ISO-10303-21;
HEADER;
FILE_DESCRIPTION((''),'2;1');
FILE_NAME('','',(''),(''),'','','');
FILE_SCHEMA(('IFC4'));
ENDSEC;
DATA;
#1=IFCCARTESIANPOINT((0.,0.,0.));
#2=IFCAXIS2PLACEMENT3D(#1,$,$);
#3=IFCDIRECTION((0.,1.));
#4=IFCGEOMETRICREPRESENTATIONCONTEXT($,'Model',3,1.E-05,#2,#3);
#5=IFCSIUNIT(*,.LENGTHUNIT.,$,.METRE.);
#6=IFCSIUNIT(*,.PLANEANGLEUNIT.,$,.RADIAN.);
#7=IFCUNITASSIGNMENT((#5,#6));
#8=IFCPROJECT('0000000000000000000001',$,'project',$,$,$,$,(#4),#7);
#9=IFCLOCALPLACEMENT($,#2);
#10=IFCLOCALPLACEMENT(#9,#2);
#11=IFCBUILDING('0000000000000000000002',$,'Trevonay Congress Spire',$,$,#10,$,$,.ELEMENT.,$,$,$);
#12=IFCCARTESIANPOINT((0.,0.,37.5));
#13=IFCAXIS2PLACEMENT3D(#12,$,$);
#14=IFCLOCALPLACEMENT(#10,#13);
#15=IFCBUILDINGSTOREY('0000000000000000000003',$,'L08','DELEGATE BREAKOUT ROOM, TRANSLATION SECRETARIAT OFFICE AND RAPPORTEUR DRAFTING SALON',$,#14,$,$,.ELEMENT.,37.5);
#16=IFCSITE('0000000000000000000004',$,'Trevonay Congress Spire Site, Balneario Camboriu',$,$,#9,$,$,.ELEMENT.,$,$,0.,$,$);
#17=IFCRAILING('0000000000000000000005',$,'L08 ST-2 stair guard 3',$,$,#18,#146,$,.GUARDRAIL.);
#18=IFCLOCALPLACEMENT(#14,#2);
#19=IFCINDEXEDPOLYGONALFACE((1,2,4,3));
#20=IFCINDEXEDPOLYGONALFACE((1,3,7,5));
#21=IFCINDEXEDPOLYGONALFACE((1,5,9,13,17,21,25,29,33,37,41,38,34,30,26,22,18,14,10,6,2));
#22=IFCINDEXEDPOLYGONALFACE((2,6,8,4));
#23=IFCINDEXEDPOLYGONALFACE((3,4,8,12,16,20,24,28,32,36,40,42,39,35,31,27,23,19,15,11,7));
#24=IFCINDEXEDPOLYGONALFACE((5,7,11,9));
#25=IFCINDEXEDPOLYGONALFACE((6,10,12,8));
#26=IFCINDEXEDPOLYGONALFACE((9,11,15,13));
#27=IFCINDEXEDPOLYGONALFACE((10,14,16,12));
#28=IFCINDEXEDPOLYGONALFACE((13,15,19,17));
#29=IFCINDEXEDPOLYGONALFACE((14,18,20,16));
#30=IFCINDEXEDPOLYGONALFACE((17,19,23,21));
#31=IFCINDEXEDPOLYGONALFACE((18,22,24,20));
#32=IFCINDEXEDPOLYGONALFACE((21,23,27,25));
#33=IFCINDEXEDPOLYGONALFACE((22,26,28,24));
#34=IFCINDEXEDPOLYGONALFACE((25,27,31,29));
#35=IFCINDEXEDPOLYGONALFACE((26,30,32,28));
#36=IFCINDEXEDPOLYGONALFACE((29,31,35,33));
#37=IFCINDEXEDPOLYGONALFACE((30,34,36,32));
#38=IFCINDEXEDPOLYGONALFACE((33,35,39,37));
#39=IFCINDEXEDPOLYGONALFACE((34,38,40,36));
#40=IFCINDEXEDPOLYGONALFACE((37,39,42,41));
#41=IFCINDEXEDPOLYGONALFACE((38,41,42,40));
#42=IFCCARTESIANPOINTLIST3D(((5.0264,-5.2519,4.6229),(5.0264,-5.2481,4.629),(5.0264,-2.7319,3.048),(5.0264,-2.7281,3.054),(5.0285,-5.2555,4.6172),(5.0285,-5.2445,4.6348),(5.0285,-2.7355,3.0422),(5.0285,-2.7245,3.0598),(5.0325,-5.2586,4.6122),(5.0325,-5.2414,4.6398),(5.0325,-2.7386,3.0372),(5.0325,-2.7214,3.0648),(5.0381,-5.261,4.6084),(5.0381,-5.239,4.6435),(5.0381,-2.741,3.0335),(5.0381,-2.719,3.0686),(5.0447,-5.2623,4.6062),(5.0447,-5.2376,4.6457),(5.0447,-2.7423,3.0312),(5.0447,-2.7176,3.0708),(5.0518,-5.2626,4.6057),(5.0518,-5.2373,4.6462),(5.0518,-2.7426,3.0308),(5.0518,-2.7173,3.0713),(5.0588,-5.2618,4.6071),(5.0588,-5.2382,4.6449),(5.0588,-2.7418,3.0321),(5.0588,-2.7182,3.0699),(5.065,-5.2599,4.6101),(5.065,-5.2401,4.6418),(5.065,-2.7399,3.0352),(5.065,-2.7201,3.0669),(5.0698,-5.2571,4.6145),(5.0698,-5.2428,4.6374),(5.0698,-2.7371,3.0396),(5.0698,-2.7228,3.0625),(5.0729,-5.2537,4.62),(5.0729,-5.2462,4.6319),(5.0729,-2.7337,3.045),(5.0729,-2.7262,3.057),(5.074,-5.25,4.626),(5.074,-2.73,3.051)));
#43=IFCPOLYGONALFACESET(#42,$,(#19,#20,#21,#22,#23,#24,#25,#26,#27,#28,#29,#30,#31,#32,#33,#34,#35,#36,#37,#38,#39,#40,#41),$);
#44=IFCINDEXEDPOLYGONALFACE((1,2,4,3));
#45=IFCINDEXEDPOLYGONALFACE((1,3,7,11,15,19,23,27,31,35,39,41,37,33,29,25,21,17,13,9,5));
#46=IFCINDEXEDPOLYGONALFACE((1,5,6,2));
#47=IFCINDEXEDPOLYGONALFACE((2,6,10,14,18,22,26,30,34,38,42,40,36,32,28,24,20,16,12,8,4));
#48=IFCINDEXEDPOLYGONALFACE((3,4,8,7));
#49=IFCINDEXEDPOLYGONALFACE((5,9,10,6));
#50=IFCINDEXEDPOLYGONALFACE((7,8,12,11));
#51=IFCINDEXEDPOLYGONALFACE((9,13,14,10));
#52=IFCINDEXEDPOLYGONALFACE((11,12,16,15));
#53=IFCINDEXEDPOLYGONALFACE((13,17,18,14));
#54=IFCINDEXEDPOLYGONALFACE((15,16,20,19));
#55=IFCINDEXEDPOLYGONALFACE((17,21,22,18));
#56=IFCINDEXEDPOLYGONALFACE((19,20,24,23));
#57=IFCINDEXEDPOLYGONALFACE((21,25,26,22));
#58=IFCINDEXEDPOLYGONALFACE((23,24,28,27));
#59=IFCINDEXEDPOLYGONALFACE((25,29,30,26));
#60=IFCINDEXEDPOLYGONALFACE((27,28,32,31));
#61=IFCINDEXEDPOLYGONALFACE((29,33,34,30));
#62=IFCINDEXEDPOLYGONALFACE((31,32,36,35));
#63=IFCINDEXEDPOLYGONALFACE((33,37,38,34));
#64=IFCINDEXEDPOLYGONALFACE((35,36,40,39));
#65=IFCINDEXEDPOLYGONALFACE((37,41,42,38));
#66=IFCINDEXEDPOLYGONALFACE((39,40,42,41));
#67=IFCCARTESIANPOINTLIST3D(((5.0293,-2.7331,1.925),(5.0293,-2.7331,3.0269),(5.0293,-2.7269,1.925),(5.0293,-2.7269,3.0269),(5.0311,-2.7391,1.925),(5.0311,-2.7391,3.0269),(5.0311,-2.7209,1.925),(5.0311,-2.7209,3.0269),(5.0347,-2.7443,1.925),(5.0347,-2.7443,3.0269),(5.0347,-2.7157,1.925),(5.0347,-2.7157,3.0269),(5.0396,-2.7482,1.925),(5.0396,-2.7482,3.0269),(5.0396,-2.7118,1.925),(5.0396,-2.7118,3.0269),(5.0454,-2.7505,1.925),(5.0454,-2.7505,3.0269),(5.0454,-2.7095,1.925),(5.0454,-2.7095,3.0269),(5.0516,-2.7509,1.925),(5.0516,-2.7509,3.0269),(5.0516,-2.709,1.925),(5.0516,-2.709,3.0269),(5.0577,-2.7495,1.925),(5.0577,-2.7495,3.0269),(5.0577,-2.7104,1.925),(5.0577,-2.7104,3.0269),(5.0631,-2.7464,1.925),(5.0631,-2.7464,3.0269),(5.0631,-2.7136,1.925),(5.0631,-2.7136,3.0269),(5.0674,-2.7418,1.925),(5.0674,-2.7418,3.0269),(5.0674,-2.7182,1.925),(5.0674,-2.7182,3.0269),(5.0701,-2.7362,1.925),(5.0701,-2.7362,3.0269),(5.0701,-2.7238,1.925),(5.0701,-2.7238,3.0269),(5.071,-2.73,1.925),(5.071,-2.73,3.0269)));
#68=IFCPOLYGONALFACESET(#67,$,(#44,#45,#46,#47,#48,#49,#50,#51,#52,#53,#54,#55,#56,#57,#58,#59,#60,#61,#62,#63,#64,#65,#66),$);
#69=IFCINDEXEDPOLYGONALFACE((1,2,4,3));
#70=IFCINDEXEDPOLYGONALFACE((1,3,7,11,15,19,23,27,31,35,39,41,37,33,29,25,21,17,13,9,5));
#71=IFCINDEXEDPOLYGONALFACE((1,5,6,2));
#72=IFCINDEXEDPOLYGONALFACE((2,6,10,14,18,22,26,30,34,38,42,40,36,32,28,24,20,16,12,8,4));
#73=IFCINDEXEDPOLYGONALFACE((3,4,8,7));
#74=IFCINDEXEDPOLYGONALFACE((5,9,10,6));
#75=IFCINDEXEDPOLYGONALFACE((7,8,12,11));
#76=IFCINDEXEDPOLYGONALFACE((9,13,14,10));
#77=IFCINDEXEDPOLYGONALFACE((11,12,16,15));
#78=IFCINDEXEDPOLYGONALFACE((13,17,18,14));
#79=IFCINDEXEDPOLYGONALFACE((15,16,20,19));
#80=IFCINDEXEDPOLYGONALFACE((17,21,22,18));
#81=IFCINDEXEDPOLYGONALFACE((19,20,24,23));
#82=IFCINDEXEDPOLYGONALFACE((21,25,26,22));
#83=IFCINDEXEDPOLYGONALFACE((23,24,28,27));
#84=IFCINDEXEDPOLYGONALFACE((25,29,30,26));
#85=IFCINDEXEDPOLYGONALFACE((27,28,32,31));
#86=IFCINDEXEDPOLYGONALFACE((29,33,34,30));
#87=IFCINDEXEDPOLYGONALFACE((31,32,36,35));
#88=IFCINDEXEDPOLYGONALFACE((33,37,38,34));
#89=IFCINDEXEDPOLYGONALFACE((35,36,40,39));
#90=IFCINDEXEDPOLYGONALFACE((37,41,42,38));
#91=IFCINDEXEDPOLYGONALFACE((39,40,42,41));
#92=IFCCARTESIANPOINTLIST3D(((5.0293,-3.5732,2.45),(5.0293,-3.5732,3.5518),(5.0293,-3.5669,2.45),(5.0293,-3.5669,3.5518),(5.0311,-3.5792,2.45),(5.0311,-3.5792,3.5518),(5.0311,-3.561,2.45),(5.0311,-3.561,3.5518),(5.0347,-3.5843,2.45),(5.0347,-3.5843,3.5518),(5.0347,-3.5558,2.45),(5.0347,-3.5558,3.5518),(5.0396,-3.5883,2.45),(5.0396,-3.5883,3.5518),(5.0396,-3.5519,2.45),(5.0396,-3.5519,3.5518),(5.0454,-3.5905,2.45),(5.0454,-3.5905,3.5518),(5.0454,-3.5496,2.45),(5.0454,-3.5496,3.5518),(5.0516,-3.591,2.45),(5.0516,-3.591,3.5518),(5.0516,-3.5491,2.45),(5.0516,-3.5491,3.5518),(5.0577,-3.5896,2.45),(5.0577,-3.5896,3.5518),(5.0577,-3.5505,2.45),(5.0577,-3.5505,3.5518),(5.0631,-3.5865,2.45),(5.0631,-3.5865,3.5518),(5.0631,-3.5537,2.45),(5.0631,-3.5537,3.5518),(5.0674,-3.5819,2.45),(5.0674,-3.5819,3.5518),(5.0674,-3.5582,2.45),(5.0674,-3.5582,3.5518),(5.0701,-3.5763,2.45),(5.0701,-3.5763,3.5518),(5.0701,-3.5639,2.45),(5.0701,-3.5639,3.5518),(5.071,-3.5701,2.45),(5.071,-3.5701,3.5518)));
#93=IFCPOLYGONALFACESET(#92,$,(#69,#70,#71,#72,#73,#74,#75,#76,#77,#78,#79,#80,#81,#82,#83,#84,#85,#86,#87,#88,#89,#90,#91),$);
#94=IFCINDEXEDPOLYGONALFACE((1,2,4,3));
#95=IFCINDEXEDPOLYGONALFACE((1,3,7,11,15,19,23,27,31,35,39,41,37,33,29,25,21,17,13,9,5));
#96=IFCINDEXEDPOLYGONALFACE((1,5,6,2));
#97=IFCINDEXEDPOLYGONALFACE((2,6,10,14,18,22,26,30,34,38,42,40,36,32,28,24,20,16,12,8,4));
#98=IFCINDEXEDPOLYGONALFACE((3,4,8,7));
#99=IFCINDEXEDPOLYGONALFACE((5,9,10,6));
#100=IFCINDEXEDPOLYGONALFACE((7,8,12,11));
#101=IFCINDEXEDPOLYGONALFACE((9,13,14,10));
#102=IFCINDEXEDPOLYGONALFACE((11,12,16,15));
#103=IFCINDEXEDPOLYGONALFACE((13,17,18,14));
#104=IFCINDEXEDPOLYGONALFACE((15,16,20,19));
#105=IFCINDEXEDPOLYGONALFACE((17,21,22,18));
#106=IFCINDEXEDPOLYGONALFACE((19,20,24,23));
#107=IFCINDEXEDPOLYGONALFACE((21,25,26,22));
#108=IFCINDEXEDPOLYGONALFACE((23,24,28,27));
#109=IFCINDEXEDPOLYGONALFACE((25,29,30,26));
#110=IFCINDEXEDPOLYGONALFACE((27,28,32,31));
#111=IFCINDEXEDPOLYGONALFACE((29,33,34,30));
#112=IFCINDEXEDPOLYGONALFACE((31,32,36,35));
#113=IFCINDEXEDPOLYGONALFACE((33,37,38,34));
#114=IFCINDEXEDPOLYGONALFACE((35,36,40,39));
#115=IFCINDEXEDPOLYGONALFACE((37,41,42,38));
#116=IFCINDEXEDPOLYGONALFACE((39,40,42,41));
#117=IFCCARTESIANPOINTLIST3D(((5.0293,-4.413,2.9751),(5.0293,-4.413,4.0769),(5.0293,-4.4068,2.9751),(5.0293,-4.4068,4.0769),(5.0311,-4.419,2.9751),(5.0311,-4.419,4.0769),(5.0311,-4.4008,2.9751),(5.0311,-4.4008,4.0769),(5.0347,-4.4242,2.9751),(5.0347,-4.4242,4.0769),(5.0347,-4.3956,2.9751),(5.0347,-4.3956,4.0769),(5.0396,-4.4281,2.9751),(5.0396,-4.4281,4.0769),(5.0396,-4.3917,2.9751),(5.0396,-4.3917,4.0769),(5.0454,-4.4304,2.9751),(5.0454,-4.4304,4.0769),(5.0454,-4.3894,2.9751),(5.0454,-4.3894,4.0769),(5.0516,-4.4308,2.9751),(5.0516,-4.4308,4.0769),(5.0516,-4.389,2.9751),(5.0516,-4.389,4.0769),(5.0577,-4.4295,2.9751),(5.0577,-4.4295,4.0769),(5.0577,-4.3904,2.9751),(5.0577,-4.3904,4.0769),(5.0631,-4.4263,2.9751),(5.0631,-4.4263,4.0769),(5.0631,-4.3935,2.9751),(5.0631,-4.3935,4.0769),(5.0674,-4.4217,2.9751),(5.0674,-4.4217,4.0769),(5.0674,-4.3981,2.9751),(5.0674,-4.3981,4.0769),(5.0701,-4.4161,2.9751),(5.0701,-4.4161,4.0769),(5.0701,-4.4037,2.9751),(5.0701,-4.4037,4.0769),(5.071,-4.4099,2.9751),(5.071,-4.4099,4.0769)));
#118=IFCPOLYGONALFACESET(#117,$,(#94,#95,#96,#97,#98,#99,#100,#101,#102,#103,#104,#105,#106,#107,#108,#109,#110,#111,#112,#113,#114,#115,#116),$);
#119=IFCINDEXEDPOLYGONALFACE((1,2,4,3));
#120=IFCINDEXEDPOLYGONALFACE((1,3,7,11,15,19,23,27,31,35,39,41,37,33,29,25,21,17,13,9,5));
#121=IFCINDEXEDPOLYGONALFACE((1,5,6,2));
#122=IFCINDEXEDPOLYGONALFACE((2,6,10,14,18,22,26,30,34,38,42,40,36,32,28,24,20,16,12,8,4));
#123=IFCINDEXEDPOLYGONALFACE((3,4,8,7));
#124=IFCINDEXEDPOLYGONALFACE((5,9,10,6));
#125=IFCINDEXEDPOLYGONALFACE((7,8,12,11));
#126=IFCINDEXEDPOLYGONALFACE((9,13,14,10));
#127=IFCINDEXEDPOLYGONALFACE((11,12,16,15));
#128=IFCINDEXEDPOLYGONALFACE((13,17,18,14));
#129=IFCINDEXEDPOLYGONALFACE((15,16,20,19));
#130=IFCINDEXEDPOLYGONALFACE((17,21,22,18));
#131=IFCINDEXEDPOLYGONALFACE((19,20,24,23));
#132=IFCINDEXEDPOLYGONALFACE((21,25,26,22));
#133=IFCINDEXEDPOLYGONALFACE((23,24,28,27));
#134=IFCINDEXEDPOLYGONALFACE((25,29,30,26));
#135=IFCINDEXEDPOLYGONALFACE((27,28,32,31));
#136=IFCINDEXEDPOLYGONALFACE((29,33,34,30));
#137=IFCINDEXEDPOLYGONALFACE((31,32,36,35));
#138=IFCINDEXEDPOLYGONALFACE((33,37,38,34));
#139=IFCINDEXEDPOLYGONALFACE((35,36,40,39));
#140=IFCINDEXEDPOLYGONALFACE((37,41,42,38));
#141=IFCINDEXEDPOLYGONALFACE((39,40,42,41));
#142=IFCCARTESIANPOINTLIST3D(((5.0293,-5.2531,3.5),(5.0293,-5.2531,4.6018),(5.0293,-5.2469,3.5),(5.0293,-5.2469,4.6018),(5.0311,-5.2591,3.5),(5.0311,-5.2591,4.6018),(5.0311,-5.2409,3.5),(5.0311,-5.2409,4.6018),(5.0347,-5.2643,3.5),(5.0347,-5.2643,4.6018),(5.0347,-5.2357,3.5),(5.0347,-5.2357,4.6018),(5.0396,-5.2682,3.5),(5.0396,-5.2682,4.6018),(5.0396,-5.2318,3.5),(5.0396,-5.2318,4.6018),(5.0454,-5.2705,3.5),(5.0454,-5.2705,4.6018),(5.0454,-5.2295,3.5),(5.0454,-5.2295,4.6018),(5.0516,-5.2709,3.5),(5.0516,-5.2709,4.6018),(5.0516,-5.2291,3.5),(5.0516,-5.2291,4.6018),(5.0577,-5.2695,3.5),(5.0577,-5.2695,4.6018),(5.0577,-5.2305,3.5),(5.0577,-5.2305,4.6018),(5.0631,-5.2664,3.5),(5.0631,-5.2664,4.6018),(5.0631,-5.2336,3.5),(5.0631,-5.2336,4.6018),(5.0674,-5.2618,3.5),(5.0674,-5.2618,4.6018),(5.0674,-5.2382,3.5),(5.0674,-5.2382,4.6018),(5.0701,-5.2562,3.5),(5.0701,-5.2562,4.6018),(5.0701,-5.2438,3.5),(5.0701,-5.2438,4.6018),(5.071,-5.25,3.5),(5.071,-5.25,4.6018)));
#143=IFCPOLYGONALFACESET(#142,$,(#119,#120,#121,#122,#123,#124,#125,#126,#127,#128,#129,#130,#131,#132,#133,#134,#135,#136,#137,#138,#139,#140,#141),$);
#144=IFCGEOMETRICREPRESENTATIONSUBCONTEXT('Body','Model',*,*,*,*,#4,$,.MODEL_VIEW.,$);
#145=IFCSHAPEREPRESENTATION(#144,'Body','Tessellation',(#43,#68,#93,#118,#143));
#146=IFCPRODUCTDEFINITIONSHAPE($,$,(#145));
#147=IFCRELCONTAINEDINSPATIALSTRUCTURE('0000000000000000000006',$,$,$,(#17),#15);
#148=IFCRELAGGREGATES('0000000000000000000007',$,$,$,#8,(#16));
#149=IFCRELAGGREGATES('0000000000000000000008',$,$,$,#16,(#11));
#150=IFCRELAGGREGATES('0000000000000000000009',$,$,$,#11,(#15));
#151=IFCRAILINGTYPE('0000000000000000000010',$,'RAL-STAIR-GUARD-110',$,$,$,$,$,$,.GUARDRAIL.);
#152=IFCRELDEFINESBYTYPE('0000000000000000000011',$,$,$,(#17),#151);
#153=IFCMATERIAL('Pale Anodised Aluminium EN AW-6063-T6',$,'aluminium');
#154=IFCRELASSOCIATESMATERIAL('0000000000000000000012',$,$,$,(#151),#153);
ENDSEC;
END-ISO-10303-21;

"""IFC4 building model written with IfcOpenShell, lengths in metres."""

from ifc_helpers import new_model, si_unit, direction, frame, origin, origin_2d, place, context, subcontext, project, spatial, circle, extrude, material, type_object, element, save


model = new_model("IFC4")

# Units and contexts
model_context = context("Model", 3, precision=1e-05, world=origin(), true_north=direction((0.0, 1.0)))
body_context = subcontext(model_context, "Body", "Model", "MODEL_VIEW")
ifc_project = project(units=[si_unit("LENGTHUNIT", "METRE"), si_unit("PLANEANGLEUNIT", "RADIAN")], contexts=[model_context])

# Site, building, storey
site_placement = place(None, origin())
site = spatial("IfcSite", under=ifc_project, at=site_placement, Name="Trevonay Congress Spire Site, Balneario Camboriu", CompositionType="ELEMENT", RefElevation=0.0)
building_placement = place(site_placement, origin())
building = spatial("IfcBuilding", under=site, at=building_placement, Name="Trevonay Congress Spire", CompositionType="ELEMENT")
storey_placement = place(building_placement, frame((0.0, 0.0, 37.5)))
storey = spatial("IfcBuildingStorey", under=building, at=storey_placement, Name="L08", Description="DELEGATE BREAKOUT ROOM, TRANSLATION SECRETARIAT OFFICE AND RAPPORTEUR DRAFTING SALON", CompositionType="ELEMENT", Elevation=37.5)

# Shared definitions
ifc_material_1 = material(Name="Pale Anodised Aluminium EN AW-6063-T6", Category="aluminium")

# Railing
railing_type_1 = type_object("IfcRailingType", Name="RAL-STAIR-GUARD-110", PredefinedType="GUARDRAIL", material=ifc_material_1)
railing_1_placement = place(storey_placement, frame((5.05, -2.73, 1.925)))
element("IfcRailing", 1, at=railing_1_placement, inside=storey, type_object=railing_type_1, Name="L08 ST-2 stair guard 3", PredefinedType="GUARDRAIL", context=body_context, shape_type="SweptSolid", body=[
    extrude(circle(Radius=0.0239, at=origin_2d()), frame((0.0, 0.0, 1.126), z_axis=(0.0, -0.848008, 0.529984), x_axis=(1.0, 0.0, 0.0)), (0.0, 0.0, 1.0), 2.9717),
    extrude(circle(Radius=0.021, at=origin_2d()), origin(), (0.0, 0.0, 1.0), 1.1018),
    extrude(circle(Radius=0.021, at=origin_2d()), frame((0.0, -0.8401, 0.5249)), (0.0, 0.0, 1.0), 1.1018),
    extrude(circle(Radius=0.021, at=origin_2d()), frame((0.0, -1.6799, 1.05)), (0.0, 0.0, 1.0), 1.1018),
    extrude(circle(Radius=0.021, at=origin_2d()), frame((0.0, -2.52, 1.575)), (0.0, 0.0, 1.0), 1.1018),
])

save(model, "model.ifc")
